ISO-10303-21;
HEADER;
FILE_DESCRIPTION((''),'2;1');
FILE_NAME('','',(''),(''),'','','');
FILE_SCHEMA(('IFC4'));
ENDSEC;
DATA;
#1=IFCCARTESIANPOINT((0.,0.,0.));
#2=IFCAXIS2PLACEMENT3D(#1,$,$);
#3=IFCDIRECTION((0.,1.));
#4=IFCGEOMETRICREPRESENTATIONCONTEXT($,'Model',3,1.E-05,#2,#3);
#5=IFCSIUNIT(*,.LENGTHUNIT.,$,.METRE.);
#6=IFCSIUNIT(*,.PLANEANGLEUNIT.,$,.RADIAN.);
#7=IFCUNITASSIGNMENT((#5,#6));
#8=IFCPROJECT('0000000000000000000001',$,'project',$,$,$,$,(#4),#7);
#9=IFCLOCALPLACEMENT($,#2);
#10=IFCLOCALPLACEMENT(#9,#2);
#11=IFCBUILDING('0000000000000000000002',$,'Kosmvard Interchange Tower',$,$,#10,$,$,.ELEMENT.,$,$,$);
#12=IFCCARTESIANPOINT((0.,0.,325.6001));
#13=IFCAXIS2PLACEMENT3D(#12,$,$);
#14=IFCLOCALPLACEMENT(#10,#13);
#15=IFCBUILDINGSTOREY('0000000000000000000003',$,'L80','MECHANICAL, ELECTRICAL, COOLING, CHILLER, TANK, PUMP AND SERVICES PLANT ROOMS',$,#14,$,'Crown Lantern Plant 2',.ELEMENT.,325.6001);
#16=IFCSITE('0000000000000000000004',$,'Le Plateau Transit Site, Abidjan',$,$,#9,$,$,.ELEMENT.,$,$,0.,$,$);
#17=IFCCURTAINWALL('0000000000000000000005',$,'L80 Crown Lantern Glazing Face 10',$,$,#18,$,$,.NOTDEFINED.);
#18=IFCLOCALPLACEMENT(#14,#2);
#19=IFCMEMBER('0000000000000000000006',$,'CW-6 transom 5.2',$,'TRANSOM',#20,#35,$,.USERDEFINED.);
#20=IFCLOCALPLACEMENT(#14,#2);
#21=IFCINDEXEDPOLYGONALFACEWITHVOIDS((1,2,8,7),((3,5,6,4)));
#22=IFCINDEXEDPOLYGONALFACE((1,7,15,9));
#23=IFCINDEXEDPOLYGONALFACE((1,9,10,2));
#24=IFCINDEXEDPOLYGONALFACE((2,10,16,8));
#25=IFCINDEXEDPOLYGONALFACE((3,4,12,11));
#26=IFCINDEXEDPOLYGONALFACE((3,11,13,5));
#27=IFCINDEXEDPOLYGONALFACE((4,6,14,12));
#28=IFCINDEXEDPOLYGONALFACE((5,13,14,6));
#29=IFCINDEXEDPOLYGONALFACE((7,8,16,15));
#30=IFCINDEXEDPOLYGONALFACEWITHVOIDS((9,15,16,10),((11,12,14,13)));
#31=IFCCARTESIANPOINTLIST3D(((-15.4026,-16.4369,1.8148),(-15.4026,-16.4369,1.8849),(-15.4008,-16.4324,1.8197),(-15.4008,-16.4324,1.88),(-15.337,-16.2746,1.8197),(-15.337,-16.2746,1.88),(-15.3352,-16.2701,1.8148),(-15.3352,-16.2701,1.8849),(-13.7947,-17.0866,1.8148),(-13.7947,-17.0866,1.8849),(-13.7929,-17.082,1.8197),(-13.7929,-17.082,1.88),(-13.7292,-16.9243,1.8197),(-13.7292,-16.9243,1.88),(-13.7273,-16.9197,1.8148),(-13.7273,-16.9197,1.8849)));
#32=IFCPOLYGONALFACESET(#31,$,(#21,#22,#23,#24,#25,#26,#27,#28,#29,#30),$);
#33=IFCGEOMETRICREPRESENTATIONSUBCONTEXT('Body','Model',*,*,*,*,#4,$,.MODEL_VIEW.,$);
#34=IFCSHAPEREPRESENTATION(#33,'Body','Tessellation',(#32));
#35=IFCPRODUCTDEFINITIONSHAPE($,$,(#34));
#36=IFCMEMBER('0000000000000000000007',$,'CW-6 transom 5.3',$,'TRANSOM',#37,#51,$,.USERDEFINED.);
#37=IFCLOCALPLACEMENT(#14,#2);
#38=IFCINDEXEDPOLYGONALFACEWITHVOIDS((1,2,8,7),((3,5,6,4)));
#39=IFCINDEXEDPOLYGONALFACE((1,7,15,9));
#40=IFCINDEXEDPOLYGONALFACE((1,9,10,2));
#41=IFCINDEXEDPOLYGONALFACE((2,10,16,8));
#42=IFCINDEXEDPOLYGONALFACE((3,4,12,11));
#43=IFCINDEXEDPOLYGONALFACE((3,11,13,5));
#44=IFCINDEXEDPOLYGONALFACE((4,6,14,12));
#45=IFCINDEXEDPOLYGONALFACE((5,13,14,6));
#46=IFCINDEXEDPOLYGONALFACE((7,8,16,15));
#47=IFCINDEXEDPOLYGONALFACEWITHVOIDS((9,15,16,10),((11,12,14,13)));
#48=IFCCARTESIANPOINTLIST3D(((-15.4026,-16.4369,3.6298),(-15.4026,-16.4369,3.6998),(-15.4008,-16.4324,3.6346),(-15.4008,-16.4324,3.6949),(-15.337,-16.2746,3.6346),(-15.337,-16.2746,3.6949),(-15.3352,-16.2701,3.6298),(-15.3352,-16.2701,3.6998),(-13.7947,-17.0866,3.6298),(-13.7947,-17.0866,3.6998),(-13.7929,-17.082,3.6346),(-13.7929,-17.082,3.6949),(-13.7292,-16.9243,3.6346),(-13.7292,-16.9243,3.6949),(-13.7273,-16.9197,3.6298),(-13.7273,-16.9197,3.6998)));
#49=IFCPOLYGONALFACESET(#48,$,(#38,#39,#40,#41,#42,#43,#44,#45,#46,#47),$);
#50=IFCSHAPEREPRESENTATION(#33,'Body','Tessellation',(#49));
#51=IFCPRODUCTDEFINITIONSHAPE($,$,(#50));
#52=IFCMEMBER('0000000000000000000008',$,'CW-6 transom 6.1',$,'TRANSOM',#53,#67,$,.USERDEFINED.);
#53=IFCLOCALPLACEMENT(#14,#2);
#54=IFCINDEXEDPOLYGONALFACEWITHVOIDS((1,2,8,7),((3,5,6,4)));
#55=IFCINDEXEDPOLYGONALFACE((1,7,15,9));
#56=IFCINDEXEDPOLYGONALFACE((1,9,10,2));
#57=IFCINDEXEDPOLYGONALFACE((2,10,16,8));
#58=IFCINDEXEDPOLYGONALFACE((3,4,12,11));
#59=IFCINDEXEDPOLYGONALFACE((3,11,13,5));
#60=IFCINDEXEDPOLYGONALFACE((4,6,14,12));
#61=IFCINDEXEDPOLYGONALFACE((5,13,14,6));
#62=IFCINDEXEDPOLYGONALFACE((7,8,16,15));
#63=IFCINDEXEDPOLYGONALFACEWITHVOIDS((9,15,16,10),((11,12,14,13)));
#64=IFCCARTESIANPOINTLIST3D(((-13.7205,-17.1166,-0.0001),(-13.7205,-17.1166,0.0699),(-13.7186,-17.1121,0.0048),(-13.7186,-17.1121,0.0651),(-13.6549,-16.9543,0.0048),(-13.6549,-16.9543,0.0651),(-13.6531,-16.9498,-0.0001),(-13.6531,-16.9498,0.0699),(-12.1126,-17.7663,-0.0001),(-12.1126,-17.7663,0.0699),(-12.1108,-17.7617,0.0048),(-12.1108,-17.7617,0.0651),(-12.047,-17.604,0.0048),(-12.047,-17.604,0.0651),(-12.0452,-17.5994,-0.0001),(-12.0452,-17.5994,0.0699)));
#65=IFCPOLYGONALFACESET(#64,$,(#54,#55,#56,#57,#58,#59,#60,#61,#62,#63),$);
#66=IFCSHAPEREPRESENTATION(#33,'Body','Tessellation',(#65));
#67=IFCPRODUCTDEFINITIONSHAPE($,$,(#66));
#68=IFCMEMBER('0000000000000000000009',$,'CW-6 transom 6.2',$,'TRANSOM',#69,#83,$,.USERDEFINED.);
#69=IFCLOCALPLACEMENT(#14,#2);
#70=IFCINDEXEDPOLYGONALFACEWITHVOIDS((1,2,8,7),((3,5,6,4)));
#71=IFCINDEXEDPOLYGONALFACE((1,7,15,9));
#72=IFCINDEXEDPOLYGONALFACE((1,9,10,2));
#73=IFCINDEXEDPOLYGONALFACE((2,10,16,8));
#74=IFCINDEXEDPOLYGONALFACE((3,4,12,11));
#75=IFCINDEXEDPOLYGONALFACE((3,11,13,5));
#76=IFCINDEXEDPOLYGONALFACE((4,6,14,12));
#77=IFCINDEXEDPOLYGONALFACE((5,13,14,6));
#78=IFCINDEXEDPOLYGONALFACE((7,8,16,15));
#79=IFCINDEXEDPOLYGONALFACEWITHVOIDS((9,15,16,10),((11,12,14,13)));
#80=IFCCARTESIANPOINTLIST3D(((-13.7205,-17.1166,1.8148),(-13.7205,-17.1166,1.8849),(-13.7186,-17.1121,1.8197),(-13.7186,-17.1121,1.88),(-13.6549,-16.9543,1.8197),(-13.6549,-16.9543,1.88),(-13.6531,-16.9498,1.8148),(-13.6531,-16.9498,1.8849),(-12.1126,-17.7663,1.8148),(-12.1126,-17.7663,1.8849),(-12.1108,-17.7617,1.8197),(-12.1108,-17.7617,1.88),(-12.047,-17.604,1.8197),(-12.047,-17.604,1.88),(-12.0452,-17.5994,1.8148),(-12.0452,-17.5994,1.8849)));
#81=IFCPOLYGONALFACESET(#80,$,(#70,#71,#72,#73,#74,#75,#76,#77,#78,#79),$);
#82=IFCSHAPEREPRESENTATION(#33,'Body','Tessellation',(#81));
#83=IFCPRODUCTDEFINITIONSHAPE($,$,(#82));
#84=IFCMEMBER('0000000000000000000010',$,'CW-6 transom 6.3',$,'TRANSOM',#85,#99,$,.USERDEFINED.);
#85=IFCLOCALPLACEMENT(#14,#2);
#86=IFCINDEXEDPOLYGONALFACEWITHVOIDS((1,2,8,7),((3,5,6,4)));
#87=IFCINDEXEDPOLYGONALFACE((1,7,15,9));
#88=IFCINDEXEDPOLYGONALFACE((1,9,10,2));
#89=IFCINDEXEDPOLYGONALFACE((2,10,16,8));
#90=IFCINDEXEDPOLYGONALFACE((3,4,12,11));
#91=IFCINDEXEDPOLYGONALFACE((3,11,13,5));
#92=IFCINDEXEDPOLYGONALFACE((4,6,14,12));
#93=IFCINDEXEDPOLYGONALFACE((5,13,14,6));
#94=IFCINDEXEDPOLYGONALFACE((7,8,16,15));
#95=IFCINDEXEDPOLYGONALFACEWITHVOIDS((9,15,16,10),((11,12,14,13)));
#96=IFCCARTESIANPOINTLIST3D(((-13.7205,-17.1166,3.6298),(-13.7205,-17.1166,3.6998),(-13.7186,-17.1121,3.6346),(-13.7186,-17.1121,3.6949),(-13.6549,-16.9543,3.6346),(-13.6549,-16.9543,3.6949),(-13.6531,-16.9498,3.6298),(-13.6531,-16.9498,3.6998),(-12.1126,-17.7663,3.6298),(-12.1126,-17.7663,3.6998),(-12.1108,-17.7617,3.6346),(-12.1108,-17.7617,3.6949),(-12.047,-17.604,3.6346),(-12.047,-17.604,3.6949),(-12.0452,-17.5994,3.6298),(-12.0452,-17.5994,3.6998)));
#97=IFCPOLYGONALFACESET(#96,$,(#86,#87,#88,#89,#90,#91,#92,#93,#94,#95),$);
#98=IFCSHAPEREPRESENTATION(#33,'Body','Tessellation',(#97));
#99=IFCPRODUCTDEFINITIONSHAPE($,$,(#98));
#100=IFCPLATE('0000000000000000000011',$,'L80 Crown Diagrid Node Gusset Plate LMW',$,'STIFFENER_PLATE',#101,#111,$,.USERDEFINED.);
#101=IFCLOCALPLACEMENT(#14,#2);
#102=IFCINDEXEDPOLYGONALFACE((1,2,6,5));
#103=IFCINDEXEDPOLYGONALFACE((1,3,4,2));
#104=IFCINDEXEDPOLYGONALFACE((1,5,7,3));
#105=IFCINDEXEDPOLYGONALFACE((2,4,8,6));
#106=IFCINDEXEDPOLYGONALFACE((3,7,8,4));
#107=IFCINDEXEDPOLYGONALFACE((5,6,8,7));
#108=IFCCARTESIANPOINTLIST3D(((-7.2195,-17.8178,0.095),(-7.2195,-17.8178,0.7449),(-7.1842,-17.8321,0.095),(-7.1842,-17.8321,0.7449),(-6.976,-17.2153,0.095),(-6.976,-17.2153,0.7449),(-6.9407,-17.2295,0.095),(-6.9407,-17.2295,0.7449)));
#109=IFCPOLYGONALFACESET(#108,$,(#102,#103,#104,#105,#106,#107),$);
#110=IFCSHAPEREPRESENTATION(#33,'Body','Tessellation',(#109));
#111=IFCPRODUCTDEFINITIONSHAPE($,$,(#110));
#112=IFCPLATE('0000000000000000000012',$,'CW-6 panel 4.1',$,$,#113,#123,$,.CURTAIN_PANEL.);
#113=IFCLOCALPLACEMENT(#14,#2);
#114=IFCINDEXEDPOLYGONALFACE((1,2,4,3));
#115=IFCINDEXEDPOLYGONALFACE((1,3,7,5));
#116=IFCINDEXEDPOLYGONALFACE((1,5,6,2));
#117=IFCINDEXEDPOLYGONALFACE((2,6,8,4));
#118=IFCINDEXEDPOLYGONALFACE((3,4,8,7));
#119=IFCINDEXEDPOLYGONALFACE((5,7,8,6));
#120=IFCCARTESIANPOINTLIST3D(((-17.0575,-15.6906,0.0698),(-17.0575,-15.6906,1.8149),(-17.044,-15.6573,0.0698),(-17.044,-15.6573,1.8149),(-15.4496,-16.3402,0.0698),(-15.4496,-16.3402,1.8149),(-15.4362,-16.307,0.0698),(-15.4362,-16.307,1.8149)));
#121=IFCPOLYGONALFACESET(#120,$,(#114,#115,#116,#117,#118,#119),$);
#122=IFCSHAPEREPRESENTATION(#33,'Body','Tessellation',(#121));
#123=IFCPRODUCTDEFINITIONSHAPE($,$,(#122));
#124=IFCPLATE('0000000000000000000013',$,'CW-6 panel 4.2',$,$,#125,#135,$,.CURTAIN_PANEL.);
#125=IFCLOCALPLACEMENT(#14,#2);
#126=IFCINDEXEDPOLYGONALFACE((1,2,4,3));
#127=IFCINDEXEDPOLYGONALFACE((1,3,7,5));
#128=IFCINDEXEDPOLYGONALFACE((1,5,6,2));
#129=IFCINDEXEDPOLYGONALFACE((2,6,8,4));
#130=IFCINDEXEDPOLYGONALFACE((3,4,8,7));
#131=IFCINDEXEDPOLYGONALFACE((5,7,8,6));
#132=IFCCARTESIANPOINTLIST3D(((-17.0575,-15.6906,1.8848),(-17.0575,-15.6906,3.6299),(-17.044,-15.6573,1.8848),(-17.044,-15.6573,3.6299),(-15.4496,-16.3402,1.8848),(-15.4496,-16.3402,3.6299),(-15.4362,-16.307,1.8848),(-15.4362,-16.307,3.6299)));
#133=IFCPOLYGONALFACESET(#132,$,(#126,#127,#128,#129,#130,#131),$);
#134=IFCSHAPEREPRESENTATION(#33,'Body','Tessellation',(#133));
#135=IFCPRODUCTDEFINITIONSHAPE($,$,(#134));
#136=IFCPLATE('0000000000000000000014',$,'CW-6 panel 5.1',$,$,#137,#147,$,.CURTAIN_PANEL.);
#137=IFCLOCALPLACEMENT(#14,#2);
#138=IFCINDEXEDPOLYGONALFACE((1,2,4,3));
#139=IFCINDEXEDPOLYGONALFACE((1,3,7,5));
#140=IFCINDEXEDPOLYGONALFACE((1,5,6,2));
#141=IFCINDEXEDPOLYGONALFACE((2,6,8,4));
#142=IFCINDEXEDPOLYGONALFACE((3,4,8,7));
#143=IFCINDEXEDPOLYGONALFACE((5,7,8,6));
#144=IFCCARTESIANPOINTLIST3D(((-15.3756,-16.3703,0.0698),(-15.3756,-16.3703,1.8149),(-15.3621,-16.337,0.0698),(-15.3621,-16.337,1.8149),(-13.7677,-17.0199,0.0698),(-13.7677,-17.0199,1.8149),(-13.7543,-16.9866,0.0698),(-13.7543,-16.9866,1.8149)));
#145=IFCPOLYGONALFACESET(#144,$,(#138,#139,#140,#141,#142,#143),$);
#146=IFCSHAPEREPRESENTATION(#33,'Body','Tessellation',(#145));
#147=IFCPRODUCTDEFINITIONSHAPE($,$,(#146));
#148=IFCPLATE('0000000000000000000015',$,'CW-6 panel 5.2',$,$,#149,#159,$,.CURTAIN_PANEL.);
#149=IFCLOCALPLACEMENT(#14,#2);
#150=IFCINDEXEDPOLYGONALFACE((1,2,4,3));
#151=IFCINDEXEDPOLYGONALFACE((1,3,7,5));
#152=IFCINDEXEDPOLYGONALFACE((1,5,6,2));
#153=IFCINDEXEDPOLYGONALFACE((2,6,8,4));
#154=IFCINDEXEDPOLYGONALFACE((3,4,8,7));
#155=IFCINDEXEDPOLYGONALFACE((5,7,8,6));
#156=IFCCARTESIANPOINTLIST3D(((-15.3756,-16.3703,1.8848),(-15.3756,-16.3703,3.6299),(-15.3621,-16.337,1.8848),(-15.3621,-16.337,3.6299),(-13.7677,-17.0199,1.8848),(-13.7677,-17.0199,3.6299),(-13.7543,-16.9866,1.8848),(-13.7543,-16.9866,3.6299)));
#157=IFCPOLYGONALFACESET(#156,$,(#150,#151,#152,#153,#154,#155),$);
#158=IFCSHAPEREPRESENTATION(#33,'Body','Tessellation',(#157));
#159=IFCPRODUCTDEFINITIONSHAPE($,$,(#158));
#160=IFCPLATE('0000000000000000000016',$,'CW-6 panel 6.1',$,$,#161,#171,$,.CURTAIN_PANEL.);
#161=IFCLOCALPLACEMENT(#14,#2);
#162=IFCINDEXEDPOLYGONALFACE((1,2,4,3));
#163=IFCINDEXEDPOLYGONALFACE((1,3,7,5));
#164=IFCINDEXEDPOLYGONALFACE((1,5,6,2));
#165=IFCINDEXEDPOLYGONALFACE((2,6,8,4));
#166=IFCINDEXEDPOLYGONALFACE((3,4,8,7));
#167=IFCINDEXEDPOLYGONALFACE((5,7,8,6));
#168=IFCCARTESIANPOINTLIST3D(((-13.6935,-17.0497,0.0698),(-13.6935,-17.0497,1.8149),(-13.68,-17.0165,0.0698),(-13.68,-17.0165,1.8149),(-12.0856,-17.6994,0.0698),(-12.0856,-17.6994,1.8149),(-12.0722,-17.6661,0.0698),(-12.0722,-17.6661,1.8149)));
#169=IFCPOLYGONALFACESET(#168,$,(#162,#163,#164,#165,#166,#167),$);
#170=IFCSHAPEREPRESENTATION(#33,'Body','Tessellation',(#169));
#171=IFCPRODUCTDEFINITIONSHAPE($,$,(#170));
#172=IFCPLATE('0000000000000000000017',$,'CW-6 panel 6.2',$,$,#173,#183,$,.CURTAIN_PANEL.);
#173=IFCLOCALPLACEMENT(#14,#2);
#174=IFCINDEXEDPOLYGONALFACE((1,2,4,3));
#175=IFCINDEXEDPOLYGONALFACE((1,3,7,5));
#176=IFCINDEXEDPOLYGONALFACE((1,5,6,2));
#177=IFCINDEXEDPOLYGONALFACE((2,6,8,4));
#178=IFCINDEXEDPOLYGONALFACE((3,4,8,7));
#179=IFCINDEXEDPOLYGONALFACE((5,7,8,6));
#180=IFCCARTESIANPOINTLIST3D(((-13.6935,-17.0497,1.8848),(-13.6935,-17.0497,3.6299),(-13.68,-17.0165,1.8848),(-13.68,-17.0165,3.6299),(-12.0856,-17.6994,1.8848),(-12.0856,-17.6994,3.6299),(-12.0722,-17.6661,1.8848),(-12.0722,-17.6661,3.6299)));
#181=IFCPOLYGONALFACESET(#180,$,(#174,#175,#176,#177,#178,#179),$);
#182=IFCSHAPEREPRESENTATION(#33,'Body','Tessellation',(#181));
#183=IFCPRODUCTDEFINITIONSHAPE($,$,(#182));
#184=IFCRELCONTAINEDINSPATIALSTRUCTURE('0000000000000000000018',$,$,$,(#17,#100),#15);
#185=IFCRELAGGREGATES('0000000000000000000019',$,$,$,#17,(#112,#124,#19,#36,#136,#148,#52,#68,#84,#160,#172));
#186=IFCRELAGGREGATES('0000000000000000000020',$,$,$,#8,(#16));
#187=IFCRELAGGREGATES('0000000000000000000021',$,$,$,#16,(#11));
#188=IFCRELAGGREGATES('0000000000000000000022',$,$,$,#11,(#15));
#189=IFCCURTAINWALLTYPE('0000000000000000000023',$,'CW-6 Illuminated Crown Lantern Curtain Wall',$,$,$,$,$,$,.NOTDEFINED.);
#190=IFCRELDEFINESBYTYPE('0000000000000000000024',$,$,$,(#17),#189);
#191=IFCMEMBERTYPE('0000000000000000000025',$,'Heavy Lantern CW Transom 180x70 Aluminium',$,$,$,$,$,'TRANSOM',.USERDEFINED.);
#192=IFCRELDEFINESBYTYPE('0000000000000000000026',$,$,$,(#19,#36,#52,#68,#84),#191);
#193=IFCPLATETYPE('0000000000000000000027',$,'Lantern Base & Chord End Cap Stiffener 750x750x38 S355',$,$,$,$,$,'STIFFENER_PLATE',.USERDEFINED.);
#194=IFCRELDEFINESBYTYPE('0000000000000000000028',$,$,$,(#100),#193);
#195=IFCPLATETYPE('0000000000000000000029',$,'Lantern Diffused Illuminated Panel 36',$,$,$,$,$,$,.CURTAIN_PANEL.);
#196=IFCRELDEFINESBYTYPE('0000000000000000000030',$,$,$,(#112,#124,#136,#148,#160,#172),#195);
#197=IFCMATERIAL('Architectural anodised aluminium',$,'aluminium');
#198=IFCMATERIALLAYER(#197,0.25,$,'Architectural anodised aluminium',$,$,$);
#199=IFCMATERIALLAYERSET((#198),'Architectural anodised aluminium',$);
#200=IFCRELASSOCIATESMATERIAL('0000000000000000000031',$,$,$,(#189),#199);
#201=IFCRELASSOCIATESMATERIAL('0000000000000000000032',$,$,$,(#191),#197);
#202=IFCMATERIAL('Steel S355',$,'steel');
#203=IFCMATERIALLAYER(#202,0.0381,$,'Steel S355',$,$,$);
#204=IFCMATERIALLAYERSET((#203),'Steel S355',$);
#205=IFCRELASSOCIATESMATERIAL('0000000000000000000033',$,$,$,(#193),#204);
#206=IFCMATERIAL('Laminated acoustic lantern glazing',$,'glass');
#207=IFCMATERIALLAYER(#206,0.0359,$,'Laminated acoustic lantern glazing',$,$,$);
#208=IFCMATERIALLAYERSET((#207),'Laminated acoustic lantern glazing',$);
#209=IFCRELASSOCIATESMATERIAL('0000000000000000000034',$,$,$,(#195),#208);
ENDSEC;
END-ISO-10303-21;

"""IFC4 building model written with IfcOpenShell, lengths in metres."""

from ifc_helpers import new_model, si_unit, direction, frame, origin, origin_2d, place, context, subcontext, project, spatial, rectangle, hollow_rectangle, extrude, source, transform, mapped, material, layer, layer_set, material_profile, profile_set, type_object, element, aggregate, save


model = new_model("IFC4")

# Units and contexts
model_context = context("Model", 3, precision=1e-05, world=origin(), true_north=direction((0.0, 1.0)))
body_context = subcontext(model_context, "Body", "Model", "MODEL_VIEW")
ifc_project = project(units=[si_unit("LENGTHUNIT", "METRE"), si_unit("PLANEANGLEUNIT", "RADIAN")], contexts=[model_context])

# Site, building, storey
site_placement = place(None, origin())
site = spatial("IfcSite", under=ifc_project, at=site_placement, Name="Le Plateau Transit Site, Abidjan", CompositionType="ELEMENT", RefElevation=0.0)
building_placement = place(site_placement, origin())
building = spatial("IfcBuilding", under=site, at=building_placement, Name="Kosmvard Interchange Tower", CompositionType="ELEMENT")
storey_placement = place(building_placement, frame((0.0, 0.0, 325.6001)))
storey = spatial("IfcBuildingStorey", under=building, at=storey_placement, Name="L80", Description="MECHANICAL, ELECTRICAL, COOLING, CHILLER, TANK, PUMP AND SERVICES PLANT ROOMS", LongName="Crown Lantern Plant 2", CompositionType="ELEMENT", Elevation=325.6001)

# Shared definitions
ifc_material_1 = material(Name="Steel S355", Category="steel")

# Curtain wall, members
ifc_material_2 = material(Name="Architectural anodised aluminium", Category="aluminium")
ifc_layer_1 = layer(ifc_material_2, 0.25, Name="Architectural anodised aluminium")
ifc_layer_set_1 = layer_set([ifc_layer_1], Name="Architectural anodised aluminium")
curtain_wall_type = type_object("IfcCurtainWallType", Name="CW-6 Illuminated Crown Lantern Curtain Wall", PredefinedType="NOTDEFINED", material=ifc_layer_set_1)
curtain_wall_placement = place(storey_placement, origin())
curtain_wall = element("IfcCurtainWall", 1, at=curtain_wall_placement, inside=storey, type_object=curtain_wall_type, Name="L80 Crown Lantern Glazing Face 10", PredefinedType="NOTDEFINED")
ifc_material_profile_1 = material_profile(ifc_material_2, hollow_rectangle(XDim=0.1799, YDim=0.0701, WallThickness=0.0049, at=origin_2d()), Name="CWT 180x70x5")
ifc_profile_set_1 = profile_set([ifc_material_profile_1], Name="Architectural anodised aluminium")
member_type_1 = type_object("IfcMemberType", Name="Heavy Lantern CW Transom 180x70 Aluminium", ElementType="TRANSOM", PredefinedType="USERDEFINED", material=ifc_profile_set_1)
shared_shape_1 = source(origin(), body_context, "Body", "SweptSolid", [
    extrude(hollow_rectangle(XDim=0.1799, YDim=0.0701, WallThickness=0.0049, at=origin_2d()), origin(), (0.0, 0.0, 1.0), 1.7341),
])
member_1_placement = place(storey_placement, frame((-15.3689, -16.3535, 1.8499), z_axis=(0.92718, -0.374617, 0.0), x_axis=(0.374617, 0.92718, 0.0)))
member_1 = element("IfcMember", 2, at=member_1_placement, type_object=member_type_1, Name="CW-6 transom 5.2", ObjectType="TRANSOM", PredefinedType="USERDEFINED", context=body_context, shape_type="MappedRepresentation", body=[
    mapped(shared_shape_1, transform((0.0, 0.0, 0.0), scale=1.0)),
])
member_2_placement = place(storey_placement, frame((-15.3689, -16.3535, 3.6648), z_axis=(0.92718, -0.374617, 0.0), x_axis=(0.374617, 0.92718, 0.0)))
member_2 = element("IfcMember", 3, at=member_2_placement, type_object=member_type_1, Name="CW-6 transom 5.3", ObjectType="TRANSOM", PredefinedType="USERDEFINED", context=body_context, shape_type="MappedRepresentation", body=[
    mapped(shared_shape_1, transform((0.0, 0.0, 0.0), scale=1.0)),
])
member_3_placement = place(storey_placement, frame((-13.6868, -17.0332, 0.0349), z_axis=(0.92718, -0.374617, 0.0), x_axis=(0.374617, 0.92718, 0.0)))
member_3 = element("IfcMember", 4, at=member_3_placement, type_object=member_type_1, Name="CW-6 transom 6.1", ObjectType="TRANSOM", PredefinedType="USERDEFINED", context=body_context, shape_type="MappedRepresentation", body=[
    mapped(shared_shape_1, transform((0.0, 0.0, 0.0), scale=1.0)),
])
member_4_placement = place(storey_placement, frame((-13.6868, -17.0332, 1.8499), z_axis=(0.92718, -0.374617, 0.0), x_axis=(0.374617, 0.92718, 0.0)))
member_4 = element("IfcMember", 5, at=member_4_placement, type_object=member_type_1, Name="CW-6 transom 6.2", ObjectType="TRANSOM", PredefinedType="USERDEFINED", context=body_context, shape_type="MappedRepresentation", body=[
    mapped(shared_shape_1, transform((0.0, 0.0, 0.0), scale=1.0)),
])
member_5_placement = place(storey_placement, frame((-13.6868, -17.0332, 3.6648), z_axis=(0.92718, -0.374617, 0.0), x_axis=(0.374617, 0.92718, 0.0)))
member_5 = element("IfcMember", 6, at=member_5_placement, type_object=member_type_1, Name="CW-6 transom 6.3", ObjectType="TRANSOM", PredefinedType="USERDEFINED", context=body_context, shape_type="MappedRepresentation", body=[
    mapped(shared_shape_1, transform((0.0, 0.0, 0.0), scale=1.0)),
])

# Plates
ifc_layer_2 = layer(ifc_material_1, 0.0381, Name="Steel S355")
ifc_layer_set_2 = layer_set([ifc_layer_2], Name="Steel S355")
plate_type_1 = type_object("IfcPlateType", Name="Lantern Base & Chord End Cap Stiffener 750x750x38 S355", ElementType="STIFFENER_PLATE", PredefinedType="USERDEFINED", material=ifc_layer_set_2)
shared_shape_2 = source(origin(), body_context, "Body", "SweptSolid", [
    extrude(rectangle(XDim=0.6499, YDim=0.0381, at=origin_2d()), origin(), (0.0, 0.0, 1.0), 0.6499),
])
plate_1_placement = place(storey_placement, frame((-7.0801, -17.5237, 0.095), z_axis=(0.0, 0.0, 1.0), x_axis=(0.374607, 0.927184, 0.0)))
element("IfcPlate", 7, at=plate_1_placement, inside=storey, type_object=plate_type_1, Name="L80 Crown Diagrid Node Gusset Plate LMW", ObjectType="STIFFENER_PLATE", PredefinedType="USERDEFINED", context=body_context, shape_type="MappedRepresentation", body=[
    mapped(shared_shape_2, transform((0.0, 0.0, 0.0), scale=1.0)),
])
ifc_material_3 = material(Name="Laminated acoustic lantern glazing", Category="glass")
ifc_layer_3 = layer(ifc_material_3, 0.0359, Name="Laminated acoustic lantern glazing")
ifc_layer_set_3 = layer_set([ifc_layer_3], Name="Laminated acoustic lantern glazing")
plate_type_2 = type_object("IfcPlateType", Name="Lantern Diffused Illuminated Panel 36", PredefinedType="CURTAIN_PANEL", material=ifc_layer_set_3)
shared_shape_3 = source(origin(), body_context, "Body", "SweptSolid", [
    extrude(rectangle(XDim=1.7341, YDim=0.0359, at=origin_2d()), origin(), (0.0, 0.0, 1.0), 1.7451),
])
plate_2_placement = place(storey_placement, frame((-16.2468, -15.9988, 0.0698), z_axis=(0.0, 0.0, 1.0), x_axis=(0.927184, -0.374607, 0.0)))
plate_2 = element("IfcPlate", 8, at=plate_2_placement, type_object=plate_type_2, Name="CW-6 panel 4.1", PredefinedType="CURTAIN_PANEL", context=body_context, shape_type="MappedRepresentation", body=[
    mapped(shared_shape_3, transform((0.0, 0.0, 0.0), scale=1.0)),
])
plate_3_placement = place(storey_placement, frame((-16.2468, -15.9988, 1.8848), z_axis=(0.0, 0.0, 1.0), x_axis=(0.927184, -0.374607, 0.0)))
plate_3 = element("IfcPlate", 9, at=plate_3_placement, type_object=plate_type_2, Name="CW-6 panel 4.2", PredefinedType="CURTAIN_PANEL", context=body_context, shape_type="MappedRepresentation", body=[
    mapped(shared_shape_3, transform((0.0, 0.0, 0.0), scale=1.0)),
])
plate_4_placement = place(storey_placement, frame((-14.5649, -16.6785, 0.0698), z_axis=(0.0, 0.0, 1.0), x_axis=(0.927184, -0.374607, 0.0)))
plate_4 = element("IfcPlate", 10, at=plate_4_placement, type_object=plate_type_2, Name="CW-6 panel 5.1", PredefinedType="CURTAIN_PANEL", context=body_context, shape_type="MappedRepresentation", body=[
    mapped(shared_shape_3, transform((0.0, 0.0, 0.0), scale=1.0)),
])
plate_5_placement = place(storey_placement, frame((-14.5649, -16.6785, 1.8848), z_axis=(0.0, 0.0, 1.0), x_axis=(0.927184, -0.374607, 0.0)))
plate_5 = element("IfcPlate", 11, at=plate_5_placement, type_object=plate_type_2, Name="CW-6 panel 5.2", PredefinedType="CURTAIN_PANEL", context=body_context, shape_type="MappedRepresentation", body=[
    mapped(shared_shape_3, transform((0.0, 0.0, 0.0), scale=1.0)),
])
plate_6_placement = place(storey_placement, frame((-12.8828, -17.3579, 0.0698), z_axis=(0.0, 0.0, 1.0), x_axis=(0.927184, -0.374607, 0.0)))
plate_6 = element("IfcPlate", 12, at=plate_6_placement, type_object=plate_type_2, Name="CW-6 panel 6.1", PredefinedType="CURTAIN_PANEL", context=body_context, shape_type="MappedRepresentation", body=[
    mapped(shared_shape_3, transform((0.0, 0.0, 0.0), scale=1.0)),
])
plate_7_placement = place(storey_placement, frame((-12.8828, -17.3579, 1.8848), z_axis=(0.0, 0.0, 1.0), x_axis=(0.927184, -0.374607, 0.0)))
plate_7 = element("IfcPlate", 13, at=plate_7_placement, type_object=plate_type_2, Name="CW-6 panel 6.2", PredefinedType="CURTAIN_PANEL", context=body_context, shape_type="MappedRepresentation", body=[
    mapped(shared_shape_3, transform((0.0, 0.0, 0.0), scale=1.0)),
])
aggregate(curtain_wall, [plate_2, plate_3, member_1, member_2, plate_4, plate_5, member_3, member_4, member_5, plate_6, plate_7])

save(model, "model.ifc")
